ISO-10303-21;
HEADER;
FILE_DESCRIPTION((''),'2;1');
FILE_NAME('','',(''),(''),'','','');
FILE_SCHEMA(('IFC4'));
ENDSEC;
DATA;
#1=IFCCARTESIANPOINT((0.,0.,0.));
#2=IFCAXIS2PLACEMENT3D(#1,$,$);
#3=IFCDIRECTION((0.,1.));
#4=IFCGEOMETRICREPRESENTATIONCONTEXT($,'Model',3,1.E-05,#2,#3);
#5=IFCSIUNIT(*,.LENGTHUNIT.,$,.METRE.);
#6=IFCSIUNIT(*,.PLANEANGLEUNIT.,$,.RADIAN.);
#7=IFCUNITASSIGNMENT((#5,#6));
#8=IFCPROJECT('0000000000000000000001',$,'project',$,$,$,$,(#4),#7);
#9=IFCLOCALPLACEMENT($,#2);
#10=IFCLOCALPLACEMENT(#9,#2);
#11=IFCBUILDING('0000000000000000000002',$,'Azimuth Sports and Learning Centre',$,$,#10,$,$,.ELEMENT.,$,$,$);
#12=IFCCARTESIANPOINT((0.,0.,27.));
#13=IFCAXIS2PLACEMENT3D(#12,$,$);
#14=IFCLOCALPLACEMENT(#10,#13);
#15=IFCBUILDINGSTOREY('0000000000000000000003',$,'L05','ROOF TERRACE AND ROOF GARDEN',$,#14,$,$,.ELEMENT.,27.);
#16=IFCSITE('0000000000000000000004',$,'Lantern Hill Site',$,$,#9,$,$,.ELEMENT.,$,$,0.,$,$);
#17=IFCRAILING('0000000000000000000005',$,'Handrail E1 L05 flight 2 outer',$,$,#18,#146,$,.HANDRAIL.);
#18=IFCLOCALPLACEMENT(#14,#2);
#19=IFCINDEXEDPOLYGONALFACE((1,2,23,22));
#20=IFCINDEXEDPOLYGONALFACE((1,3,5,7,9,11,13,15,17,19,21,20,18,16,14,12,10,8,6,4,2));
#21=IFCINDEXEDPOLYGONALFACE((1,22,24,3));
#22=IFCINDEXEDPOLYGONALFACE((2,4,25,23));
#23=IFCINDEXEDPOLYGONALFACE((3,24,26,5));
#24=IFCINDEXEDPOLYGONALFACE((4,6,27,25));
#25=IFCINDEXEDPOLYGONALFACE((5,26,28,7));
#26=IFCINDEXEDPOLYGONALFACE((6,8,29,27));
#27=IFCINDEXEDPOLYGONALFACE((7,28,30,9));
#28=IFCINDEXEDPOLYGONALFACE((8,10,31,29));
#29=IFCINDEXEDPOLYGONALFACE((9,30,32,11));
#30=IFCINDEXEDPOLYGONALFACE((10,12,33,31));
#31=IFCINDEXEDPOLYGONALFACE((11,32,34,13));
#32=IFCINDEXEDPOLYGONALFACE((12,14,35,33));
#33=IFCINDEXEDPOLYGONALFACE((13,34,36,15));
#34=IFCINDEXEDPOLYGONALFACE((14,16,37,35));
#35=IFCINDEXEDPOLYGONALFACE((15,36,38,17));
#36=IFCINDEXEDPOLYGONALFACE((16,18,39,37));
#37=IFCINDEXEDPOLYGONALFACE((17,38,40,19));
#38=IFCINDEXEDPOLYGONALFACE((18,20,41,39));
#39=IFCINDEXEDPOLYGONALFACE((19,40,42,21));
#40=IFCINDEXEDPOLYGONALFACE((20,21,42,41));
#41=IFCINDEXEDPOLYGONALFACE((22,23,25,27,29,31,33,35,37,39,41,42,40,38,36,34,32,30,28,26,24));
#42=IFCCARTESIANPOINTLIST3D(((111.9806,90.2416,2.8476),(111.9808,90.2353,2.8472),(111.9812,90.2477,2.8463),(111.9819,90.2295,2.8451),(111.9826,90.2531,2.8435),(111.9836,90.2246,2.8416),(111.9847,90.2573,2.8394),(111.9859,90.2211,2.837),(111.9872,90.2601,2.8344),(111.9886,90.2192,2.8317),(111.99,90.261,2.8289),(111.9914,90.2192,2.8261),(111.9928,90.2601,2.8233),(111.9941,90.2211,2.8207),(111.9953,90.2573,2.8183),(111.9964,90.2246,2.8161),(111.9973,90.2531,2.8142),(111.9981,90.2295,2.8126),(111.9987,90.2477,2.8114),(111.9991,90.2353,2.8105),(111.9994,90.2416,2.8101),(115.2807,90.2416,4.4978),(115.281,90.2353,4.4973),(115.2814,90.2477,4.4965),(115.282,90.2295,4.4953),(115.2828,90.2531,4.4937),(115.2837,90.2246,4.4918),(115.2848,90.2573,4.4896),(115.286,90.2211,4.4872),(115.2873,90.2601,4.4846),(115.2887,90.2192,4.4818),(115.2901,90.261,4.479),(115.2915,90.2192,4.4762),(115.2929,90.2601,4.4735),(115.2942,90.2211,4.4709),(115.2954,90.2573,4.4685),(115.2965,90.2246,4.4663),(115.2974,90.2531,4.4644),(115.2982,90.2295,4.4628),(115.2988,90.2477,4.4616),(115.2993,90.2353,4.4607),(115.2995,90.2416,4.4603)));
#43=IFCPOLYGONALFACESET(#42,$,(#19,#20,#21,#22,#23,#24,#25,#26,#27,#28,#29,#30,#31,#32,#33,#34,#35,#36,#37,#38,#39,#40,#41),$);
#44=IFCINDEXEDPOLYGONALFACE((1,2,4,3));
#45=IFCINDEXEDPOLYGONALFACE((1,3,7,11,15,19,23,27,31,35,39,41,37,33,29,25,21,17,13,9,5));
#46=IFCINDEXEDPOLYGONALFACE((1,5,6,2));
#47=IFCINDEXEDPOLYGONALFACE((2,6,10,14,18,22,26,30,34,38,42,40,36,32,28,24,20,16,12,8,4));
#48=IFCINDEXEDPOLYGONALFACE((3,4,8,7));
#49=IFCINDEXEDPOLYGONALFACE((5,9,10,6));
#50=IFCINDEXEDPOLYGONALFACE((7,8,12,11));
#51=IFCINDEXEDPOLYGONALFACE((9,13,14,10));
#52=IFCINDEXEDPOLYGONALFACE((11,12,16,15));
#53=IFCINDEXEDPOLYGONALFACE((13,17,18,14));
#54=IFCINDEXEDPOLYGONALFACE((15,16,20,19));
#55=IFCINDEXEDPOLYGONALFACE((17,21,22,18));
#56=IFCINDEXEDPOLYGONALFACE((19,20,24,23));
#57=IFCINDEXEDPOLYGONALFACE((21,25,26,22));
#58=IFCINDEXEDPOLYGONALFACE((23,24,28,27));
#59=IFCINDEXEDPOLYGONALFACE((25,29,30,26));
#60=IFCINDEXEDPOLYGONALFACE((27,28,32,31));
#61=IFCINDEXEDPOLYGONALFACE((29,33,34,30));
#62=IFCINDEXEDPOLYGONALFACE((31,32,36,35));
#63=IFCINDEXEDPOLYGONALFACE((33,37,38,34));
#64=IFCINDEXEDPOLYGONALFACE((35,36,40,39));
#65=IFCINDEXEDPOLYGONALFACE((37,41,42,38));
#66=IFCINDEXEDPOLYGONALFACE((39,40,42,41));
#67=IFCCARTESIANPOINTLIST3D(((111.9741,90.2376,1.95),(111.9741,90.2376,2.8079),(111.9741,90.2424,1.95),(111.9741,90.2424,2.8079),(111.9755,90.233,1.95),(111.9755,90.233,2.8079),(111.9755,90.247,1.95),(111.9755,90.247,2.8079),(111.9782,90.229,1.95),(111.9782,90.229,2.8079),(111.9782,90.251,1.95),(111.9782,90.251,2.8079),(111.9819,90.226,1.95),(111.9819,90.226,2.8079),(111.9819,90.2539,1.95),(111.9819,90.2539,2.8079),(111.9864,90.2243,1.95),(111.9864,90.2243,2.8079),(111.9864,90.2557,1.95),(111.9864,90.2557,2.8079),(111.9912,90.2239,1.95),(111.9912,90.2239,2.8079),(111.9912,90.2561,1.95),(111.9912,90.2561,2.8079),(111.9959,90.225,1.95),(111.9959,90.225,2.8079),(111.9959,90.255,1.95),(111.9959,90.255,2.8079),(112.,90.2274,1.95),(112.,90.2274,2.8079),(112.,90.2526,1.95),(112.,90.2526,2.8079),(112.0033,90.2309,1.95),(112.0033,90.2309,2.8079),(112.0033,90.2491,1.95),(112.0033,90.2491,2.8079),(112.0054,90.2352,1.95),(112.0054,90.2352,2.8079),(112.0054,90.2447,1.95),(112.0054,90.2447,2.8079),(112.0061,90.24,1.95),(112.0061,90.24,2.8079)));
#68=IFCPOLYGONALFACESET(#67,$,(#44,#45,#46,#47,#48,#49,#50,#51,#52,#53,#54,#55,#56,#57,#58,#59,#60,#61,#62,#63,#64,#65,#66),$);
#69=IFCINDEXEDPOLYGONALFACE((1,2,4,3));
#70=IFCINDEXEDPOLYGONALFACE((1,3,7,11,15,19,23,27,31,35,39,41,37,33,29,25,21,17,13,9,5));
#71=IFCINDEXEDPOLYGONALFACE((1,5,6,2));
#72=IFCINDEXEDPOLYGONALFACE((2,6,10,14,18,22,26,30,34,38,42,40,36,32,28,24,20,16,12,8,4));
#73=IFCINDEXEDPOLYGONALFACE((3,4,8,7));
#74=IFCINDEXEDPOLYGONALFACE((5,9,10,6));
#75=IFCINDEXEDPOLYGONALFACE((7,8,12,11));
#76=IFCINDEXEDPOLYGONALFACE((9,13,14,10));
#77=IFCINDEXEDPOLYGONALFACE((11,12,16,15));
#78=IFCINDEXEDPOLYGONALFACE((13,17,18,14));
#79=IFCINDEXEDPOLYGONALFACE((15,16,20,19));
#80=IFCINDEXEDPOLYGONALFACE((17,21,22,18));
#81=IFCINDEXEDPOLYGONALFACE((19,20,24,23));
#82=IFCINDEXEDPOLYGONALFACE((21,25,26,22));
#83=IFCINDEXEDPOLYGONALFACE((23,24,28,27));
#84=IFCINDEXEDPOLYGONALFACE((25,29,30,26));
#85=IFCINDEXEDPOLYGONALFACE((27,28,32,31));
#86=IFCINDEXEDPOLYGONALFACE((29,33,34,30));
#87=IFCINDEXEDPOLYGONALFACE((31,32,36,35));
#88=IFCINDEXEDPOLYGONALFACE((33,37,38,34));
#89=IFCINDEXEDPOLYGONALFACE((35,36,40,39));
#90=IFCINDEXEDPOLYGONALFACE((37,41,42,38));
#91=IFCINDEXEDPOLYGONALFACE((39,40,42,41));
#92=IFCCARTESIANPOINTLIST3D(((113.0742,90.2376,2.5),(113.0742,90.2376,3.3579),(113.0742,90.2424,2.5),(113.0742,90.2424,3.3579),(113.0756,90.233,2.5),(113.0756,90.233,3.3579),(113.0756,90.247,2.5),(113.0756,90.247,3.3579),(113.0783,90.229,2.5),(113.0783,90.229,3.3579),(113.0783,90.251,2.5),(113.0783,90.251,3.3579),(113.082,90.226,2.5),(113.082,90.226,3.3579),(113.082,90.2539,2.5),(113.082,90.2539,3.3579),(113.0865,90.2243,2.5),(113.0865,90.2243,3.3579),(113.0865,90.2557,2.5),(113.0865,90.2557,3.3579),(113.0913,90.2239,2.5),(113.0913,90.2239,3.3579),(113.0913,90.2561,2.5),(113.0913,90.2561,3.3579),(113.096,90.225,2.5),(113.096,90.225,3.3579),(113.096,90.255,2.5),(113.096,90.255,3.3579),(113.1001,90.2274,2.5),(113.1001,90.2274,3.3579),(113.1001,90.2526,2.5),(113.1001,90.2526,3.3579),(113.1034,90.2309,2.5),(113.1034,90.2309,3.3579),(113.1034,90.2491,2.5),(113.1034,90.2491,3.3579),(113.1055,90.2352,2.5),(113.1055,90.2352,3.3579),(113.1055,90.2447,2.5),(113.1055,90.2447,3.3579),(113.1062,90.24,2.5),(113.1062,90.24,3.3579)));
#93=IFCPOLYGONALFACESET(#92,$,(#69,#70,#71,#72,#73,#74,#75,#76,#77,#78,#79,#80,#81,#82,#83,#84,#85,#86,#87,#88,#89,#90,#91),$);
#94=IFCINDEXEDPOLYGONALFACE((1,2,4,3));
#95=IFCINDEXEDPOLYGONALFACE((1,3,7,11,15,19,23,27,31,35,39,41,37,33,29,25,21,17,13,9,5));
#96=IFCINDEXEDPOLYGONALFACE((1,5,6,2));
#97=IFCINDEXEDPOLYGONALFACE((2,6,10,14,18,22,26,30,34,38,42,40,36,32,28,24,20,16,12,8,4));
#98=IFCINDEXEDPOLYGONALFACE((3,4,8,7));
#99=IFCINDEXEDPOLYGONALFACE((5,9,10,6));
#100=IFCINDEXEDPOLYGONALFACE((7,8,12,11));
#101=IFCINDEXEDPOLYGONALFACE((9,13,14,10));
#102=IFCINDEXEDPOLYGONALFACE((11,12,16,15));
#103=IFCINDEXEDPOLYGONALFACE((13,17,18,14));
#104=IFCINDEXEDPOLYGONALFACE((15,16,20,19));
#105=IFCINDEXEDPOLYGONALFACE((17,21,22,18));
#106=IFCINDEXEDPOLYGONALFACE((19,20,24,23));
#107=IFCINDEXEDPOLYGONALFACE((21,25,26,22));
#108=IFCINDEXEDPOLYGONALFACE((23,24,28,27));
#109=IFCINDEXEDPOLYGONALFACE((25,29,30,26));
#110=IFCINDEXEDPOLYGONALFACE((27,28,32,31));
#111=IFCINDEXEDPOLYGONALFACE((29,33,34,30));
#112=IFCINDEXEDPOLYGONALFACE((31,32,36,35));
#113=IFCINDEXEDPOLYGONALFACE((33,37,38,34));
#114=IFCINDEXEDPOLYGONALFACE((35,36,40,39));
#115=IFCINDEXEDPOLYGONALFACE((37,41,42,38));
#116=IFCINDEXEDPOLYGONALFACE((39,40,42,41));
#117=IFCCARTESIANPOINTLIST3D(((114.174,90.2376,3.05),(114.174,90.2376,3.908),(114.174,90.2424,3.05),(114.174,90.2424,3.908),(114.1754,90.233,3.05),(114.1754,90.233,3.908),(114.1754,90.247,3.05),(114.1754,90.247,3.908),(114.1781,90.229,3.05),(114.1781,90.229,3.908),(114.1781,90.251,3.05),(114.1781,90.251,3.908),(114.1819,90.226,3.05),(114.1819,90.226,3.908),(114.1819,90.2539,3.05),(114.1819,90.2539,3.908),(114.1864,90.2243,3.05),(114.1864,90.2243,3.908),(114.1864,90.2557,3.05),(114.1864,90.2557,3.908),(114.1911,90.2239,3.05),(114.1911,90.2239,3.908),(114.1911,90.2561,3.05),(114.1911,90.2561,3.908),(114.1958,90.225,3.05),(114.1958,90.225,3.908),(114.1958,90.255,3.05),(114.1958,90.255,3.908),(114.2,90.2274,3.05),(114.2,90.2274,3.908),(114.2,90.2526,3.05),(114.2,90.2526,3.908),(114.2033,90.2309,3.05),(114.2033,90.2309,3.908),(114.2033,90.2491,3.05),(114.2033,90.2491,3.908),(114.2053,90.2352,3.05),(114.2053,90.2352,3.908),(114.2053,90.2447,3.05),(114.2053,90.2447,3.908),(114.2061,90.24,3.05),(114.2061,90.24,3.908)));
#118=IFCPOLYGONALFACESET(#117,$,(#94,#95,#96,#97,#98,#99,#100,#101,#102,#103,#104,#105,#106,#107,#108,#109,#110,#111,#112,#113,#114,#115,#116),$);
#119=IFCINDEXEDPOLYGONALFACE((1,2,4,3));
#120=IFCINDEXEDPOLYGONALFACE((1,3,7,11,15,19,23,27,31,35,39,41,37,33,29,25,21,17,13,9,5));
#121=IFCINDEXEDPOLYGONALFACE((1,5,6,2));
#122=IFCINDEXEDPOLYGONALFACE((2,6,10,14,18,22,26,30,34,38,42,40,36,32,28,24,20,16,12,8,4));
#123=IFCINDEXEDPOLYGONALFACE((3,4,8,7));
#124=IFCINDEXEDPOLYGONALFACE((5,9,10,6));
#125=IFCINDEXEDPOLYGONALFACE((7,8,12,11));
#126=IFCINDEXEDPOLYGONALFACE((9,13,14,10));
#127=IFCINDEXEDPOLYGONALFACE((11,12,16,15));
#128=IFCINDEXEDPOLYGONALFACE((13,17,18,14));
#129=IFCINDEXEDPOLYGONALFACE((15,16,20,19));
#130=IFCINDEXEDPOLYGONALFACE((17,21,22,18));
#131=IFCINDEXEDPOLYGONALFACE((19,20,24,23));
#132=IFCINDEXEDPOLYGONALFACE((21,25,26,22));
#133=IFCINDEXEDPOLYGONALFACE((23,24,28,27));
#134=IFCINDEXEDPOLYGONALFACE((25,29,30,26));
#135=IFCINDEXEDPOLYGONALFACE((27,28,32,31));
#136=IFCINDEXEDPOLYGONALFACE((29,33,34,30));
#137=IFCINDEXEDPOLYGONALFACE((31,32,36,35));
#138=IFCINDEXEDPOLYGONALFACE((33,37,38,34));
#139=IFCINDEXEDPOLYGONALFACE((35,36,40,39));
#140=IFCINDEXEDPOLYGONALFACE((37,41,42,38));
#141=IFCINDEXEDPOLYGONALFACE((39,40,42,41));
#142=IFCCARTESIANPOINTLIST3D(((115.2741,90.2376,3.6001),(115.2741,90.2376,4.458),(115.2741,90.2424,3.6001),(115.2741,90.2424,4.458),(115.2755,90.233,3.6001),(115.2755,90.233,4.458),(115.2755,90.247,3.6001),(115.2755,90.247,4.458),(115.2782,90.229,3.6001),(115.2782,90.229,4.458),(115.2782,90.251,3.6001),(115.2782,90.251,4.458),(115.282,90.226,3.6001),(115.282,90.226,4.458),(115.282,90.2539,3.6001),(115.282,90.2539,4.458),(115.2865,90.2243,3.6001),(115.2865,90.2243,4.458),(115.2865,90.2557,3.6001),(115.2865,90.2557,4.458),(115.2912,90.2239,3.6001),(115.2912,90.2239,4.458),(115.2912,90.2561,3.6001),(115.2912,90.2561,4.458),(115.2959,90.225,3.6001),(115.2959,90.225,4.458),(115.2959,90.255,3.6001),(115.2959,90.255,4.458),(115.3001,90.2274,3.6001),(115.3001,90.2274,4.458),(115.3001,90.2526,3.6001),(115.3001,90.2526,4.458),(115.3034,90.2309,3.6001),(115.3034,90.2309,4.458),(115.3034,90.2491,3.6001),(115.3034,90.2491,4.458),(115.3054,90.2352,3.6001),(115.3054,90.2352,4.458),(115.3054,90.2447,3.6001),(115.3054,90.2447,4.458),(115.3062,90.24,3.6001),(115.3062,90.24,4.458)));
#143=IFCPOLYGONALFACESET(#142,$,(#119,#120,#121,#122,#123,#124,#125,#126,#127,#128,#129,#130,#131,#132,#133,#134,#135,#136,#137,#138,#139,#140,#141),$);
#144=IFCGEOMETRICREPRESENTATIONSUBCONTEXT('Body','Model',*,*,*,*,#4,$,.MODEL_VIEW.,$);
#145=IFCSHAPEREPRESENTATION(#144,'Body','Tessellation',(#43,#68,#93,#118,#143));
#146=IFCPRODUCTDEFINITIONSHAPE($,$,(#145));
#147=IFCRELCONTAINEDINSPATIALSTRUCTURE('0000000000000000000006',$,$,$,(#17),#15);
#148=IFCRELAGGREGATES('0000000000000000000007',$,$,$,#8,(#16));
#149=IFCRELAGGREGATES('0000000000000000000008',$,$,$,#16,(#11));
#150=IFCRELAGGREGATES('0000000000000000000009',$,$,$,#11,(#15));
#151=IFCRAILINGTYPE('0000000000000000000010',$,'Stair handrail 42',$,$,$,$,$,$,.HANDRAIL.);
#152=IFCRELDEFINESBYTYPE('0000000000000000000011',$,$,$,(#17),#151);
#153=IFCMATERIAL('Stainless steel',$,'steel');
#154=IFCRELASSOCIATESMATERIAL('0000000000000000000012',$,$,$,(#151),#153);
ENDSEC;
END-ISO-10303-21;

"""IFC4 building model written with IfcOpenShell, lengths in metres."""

from ifc_helpers import new_model, si_unit, direction, frame, origin, origin_2d, place, context, subcontext, project, spatial, circle, extrude, material, type_object, element, save


model = new_model("IFC4")

# Units and contexts
model_context = context("Model", 3, precision=1e-05, world=origin(), true_north=direction((0.0, 1.0)))
body_context = subcontext(model_context, "Body", "Model", "MODEL_VIEW")
ifc_project = project(units=[si_unit("LENGTHUNIT", "METRE"), si_unit("PLANEANGLEUNIT", "RADIAN")], contexts=[model_context])

# Site, building, storey
site_placement = place(None, origin())
site = spatial("IfcSite", under=ifc_project, at=site_placement, Name="Lantern Hill Site", CompositionType="ELEMENT", RefElevation=0.0)
building_placement = place(site_placement, origin())
building = spatial("IfcBuilding", under=site, at=building_placement, Name="Azimuth Sports and Learning Centre", CompositionType="ELEMENT")
storey_placement = place(building_placement, frame((0.0, 0.0, 27.0)))
storey = spatial("IfcBuildingStorey", under=building, at=storey_placement, Name="L05", Description="ROOF TERRACE AND ROOF GARDEN", CompositionType="ELEMENT", Elevation=27.0)

# Railing
ifc_material_1 = material(Name="Stainless steel", Category="steel")
railing_type = type_object("IfcRailingType", Name="Stair handrail 42", PredefinedType="HANDRAIL", material=ifc_material_1)
for number, where, name in (
    (1, (111.99, 90.24, 1.95), "Handrail E1 L05 flight 2 outer"),
):
    element("IfcRailing", number, at=place(storey_placement, frame(where)), inside=storey, type_object=railing_type, Name=name, PredefinedType="HANDRAIL", context=body_context, shape_type="SweptSolid", body=[
        extrude(circle(Radius=0.021, at=origin_2d()), frame((0.0, 0.0, 0.8789), z_axis=(0.894414, 0.0, 0.44724), x_axis=(0.0, 1.0, 0.0)), (0.0, 0.0, 1.0), 3.6897),
        extrude(circle(Radius=0.0161, at=origin_2d()), origin(), (0.0, 0.0, 1.0), 0.8579),
        extrude(circle(Radius=0.0161, at=origin_2d()), frame((1.1001, 0.0, 0.55)), (0.0, 0.0, 1.0), 0.8579),
        extrude(circle(Radius=0.0161, at=origin_2d()), frame((2.2, 0.0, 1.1001)), (0.0, 0.0, 1.0), 0.8579),
        extrude(circle(Radius=0.0161, at=origin_2d()), frame((3.3, 0.0, 1.6501)), (0.0, 0.0, 1.0), 0.8579),
    ])

save(model, "model.ifc")
